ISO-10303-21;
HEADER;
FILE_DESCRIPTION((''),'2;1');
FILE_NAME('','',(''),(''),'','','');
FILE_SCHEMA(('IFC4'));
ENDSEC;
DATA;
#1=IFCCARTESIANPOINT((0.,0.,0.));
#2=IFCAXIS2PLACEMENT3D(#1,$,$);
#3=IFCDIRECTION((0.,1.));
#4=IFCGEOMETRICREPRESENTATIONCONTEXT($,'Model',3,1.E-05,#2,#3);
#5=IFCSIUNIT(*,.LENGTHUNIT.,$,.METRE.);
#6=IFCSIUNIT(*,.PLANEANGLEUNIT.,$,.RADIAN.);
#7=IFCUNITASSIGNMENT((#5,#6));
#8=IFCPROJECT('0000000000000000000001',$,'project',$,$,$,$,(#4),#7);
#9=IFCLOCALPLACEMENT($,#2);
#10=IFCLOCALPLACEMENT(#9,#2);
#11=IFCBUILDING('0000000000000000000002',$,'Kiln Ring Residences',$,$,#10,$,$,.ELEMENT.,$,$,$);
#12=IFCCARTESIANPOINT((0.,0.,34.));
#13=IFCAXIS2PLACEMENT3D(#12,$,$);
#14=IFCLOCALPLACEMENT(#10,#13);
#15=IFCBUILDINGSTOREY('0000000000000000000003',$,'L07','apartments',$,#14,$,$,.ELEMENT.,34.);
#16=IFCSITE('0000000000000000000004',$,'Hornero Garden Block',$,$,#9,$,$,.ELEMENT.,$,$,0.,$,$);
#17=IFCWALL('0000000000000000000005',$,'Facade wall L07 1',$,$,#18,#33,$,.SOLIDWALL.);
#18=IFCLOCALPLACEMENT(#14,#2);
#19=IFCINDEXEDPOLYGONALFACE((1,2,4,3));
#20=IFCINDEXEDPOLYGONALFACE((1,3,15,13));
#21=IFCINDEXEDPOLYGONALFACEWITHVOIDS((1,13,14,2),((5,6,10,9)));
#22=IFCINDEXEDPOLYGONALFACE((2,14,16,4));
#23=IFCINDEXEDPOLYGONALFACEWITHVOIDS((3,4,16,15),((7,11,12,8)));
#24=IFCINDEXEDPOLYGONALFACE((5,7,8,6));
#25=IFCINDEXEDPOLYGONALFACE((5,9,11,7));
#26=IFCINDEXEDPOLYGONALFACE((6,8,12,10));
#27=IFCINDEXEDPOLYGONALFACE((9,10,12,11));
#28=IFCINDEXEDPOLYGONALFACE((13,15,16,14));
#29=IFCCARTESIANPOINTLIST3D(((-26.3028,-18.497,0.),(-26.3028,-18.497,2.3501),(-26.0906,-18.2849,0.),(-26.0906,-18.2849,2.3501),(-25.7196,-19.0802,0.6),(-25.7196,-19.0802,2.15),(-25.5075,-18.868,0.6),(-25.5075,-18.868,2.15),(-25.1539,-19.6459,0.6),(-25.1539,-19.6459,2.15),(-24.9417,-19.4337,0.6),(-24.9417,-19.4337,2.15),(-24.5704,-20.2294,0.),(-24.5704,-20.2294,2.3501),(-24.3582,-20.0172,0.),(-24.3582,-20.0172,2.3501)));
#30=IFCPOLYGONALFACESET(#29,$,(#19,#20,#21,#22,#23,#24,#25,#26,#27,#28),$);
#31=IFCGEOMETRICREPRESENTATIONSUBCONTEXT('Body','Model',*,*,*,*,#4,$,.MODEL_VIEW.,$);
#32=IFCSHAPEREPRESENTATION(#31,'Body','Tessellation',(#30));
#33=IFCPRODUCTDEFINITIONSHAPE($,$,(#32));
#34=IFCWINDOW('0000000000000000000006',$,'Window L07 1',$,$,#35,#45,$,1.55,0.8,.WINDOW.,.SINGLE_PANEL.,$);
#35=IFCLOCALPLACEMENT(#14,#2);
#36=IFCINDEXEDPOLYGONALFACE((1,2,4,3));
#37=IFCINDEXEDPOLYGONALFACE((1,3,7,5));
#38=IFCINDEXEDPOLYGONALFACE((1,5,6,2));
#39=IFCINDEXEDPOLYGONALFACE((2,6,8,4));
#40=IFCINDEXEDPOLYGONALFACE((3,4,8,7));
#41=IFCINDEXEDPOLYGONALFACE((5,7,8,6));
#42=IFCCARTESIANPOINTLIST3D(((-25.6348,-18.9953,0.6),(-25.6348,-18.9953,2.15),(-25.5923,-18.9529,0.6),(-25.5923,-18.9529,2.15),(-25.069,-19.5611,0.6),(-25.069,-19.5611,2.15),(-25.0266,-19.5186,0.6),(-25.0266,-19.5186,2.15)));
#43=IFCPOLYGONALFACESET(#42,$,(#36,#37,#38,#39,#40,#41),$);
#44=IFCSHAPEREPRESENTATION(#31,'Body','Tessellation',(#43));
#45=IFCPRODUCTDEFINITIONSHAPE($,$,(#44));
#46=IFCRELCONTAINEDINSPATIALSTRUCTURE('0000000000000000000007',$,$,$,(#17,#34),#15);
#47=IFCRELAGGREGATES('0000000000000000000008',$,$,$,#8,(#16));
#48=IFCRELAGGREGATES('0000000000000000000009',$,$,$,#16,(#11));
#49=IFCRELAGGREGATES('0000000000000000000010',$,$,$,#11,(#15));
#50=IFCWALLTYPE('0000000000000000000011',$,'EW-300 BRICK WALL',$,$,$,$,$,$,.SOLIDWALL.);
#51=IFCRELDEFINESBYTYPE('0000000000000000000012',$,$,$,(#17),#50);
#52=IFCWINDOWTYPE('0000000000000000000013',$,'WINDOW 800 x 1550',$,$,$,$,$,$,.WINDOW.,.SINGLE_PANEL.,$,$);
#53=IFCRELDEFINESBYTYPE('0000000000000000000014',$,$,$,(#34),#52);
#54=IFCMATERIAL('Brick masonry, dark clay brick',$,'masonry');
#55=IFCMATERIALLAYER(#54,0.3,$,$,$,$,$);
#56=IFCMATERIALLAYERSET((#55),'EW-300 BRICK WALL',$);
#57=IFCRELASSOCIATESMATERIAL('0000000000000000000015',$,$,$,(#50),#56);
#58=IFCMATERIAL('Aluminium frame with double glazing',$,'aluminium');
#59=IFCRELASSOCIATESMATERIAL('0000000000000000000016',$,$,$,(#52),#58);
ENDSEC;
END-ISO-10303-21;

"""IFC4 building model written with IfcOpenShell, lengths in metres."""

from ifc_helpers import new_model, si_unit, direction, frame, frame_2d, origin, place, context, subcontext, project, spatial, rectangle, extrude, material, layer, layer_set, type_object, element, fill, save


model = new_model("IFC4")

# Units and contexts
model_context = context("Model", 3, precision=1e-05, world=origin(), true_north=direction((0.0, 1.0)))
body_context = subcontext(model_context, "Body", "Model", "MODEL_VIEW")
ifc_project = project(units=[si_unit("LENGTHUNIT", "METRE"), si_unit("PLANEANGLEUNIT", "RADIAN")], contexts=[model_context])

# Site, building, storey
site_placement = place(None, origin())
site = spatial("IfcSite", under=ifc_project, at=site_placement, Name="Hornero Garden Block", CompositionType="ELEMENT", RefElevation=0.0)
building_placement = place(site_placement, origin())
building = spatial("IfcBuilding", under=site, at=building_placement, Name="Kiln Ring Residences", CompositionType="ELEMENT")
storey_placement = place(building_placement, frame((0.0, 0.0, 34.0)))
storey = spatial("IfcBuildingStorey", under=building, at=storey_placement, Name="L07", Description="apartments", CompositionType="ELEMENT", Elevation=34.0)

# Wall, opening, window
ifc_material_1 = material(Name="Brick masonry, dark clay brick", Category="masonry")
ifc_layer_1 = layer(ifc_material_1, 0.3)
ifc_layer_set_1 = layer_set([ifc_layer_1], Name="EW-300 BRICK WALL")
wall_type_1 = type_object("IfcWallType", Name="EW-300 BRICK WALL", PredefinedType="SOLIDWALL", material=ifc_layer_set_1)
wall_1_placement = place(storey_placement, frame((-26.1968, -18.3909, 0.0), z_axis=(0.0, 0.0, 1.0), x_axis=(0.707107, -0.707107, 0.0)))
wall_1 = element("IfcWall", 1, at=wall_1_placement, inside=storey, type_object=wall_type_1, Name="Facade wall L07 1", PredefinedType="SOLIDWALL", context=body_context, shape_type="SweptSolid", body=[
    extrude(rectangle(XDim=2.45, YDim=0.3, at=frame_2d((1.2251, 0.0))), origin(), (0.0, 0.0, 1.0), 2.3501),
])
opening_1_placement = place(wall_1_placement, frame((0.825, 0.0, 0.6001)))
opening_1 = element("IfcOpeningElement", 2, at=opening_1_placement, cuts=wall_1, PredefinedType="OPENING", context=body_context, shape_type="SweptSolid", body=[
    extrude(rectangle(XDim=0.8, YDim=1.55, at=frame_2d((0.3999, 0.7749))), frame((0.0, 0.1599, 0.0), z_axis=(0.0, -1.0, 0.0), x_axis=(1.0, 0.0, 0.0)), (0.0, 0.0, 1.0), 0.3201),
])
ifc_material_2 = material(Name="Aluminium frame with double glazing", Category="aluminium")
window_type = type_object("IfcWindowType", Name="WINDOW 800 x 1550", PartitioningType="SINGLE_PANEL", PredefinedType="WINDOW", material=ifc_material_2)
window_placement = place(opening_1_placement, origin())
window = element("IfcWindow", 3, at=window_placement, inside=storey, type_object=window_type, Name="Window L07 1", OverallHeight=1.55, OverallWidth=0.8, PartitioningType="SINGLE_PANEL", PredefinedType="WINDOW", context=body_context, shape_type="SweptSolid", body=[
    extrude(rectangle(XDim=0.8, YDim=1.55, at=frame_2d((0.3999, 0.7749))), frame((0.0, 0.03, 0.0), z_axis=(0.0, -1.0, 0.0), x_axis=(1.0, 0.0, 0.0)), (0.0, 0.0, 1.0), 0.0601),
])
fill(opening_1, window)

save(model, "model.ifc")
